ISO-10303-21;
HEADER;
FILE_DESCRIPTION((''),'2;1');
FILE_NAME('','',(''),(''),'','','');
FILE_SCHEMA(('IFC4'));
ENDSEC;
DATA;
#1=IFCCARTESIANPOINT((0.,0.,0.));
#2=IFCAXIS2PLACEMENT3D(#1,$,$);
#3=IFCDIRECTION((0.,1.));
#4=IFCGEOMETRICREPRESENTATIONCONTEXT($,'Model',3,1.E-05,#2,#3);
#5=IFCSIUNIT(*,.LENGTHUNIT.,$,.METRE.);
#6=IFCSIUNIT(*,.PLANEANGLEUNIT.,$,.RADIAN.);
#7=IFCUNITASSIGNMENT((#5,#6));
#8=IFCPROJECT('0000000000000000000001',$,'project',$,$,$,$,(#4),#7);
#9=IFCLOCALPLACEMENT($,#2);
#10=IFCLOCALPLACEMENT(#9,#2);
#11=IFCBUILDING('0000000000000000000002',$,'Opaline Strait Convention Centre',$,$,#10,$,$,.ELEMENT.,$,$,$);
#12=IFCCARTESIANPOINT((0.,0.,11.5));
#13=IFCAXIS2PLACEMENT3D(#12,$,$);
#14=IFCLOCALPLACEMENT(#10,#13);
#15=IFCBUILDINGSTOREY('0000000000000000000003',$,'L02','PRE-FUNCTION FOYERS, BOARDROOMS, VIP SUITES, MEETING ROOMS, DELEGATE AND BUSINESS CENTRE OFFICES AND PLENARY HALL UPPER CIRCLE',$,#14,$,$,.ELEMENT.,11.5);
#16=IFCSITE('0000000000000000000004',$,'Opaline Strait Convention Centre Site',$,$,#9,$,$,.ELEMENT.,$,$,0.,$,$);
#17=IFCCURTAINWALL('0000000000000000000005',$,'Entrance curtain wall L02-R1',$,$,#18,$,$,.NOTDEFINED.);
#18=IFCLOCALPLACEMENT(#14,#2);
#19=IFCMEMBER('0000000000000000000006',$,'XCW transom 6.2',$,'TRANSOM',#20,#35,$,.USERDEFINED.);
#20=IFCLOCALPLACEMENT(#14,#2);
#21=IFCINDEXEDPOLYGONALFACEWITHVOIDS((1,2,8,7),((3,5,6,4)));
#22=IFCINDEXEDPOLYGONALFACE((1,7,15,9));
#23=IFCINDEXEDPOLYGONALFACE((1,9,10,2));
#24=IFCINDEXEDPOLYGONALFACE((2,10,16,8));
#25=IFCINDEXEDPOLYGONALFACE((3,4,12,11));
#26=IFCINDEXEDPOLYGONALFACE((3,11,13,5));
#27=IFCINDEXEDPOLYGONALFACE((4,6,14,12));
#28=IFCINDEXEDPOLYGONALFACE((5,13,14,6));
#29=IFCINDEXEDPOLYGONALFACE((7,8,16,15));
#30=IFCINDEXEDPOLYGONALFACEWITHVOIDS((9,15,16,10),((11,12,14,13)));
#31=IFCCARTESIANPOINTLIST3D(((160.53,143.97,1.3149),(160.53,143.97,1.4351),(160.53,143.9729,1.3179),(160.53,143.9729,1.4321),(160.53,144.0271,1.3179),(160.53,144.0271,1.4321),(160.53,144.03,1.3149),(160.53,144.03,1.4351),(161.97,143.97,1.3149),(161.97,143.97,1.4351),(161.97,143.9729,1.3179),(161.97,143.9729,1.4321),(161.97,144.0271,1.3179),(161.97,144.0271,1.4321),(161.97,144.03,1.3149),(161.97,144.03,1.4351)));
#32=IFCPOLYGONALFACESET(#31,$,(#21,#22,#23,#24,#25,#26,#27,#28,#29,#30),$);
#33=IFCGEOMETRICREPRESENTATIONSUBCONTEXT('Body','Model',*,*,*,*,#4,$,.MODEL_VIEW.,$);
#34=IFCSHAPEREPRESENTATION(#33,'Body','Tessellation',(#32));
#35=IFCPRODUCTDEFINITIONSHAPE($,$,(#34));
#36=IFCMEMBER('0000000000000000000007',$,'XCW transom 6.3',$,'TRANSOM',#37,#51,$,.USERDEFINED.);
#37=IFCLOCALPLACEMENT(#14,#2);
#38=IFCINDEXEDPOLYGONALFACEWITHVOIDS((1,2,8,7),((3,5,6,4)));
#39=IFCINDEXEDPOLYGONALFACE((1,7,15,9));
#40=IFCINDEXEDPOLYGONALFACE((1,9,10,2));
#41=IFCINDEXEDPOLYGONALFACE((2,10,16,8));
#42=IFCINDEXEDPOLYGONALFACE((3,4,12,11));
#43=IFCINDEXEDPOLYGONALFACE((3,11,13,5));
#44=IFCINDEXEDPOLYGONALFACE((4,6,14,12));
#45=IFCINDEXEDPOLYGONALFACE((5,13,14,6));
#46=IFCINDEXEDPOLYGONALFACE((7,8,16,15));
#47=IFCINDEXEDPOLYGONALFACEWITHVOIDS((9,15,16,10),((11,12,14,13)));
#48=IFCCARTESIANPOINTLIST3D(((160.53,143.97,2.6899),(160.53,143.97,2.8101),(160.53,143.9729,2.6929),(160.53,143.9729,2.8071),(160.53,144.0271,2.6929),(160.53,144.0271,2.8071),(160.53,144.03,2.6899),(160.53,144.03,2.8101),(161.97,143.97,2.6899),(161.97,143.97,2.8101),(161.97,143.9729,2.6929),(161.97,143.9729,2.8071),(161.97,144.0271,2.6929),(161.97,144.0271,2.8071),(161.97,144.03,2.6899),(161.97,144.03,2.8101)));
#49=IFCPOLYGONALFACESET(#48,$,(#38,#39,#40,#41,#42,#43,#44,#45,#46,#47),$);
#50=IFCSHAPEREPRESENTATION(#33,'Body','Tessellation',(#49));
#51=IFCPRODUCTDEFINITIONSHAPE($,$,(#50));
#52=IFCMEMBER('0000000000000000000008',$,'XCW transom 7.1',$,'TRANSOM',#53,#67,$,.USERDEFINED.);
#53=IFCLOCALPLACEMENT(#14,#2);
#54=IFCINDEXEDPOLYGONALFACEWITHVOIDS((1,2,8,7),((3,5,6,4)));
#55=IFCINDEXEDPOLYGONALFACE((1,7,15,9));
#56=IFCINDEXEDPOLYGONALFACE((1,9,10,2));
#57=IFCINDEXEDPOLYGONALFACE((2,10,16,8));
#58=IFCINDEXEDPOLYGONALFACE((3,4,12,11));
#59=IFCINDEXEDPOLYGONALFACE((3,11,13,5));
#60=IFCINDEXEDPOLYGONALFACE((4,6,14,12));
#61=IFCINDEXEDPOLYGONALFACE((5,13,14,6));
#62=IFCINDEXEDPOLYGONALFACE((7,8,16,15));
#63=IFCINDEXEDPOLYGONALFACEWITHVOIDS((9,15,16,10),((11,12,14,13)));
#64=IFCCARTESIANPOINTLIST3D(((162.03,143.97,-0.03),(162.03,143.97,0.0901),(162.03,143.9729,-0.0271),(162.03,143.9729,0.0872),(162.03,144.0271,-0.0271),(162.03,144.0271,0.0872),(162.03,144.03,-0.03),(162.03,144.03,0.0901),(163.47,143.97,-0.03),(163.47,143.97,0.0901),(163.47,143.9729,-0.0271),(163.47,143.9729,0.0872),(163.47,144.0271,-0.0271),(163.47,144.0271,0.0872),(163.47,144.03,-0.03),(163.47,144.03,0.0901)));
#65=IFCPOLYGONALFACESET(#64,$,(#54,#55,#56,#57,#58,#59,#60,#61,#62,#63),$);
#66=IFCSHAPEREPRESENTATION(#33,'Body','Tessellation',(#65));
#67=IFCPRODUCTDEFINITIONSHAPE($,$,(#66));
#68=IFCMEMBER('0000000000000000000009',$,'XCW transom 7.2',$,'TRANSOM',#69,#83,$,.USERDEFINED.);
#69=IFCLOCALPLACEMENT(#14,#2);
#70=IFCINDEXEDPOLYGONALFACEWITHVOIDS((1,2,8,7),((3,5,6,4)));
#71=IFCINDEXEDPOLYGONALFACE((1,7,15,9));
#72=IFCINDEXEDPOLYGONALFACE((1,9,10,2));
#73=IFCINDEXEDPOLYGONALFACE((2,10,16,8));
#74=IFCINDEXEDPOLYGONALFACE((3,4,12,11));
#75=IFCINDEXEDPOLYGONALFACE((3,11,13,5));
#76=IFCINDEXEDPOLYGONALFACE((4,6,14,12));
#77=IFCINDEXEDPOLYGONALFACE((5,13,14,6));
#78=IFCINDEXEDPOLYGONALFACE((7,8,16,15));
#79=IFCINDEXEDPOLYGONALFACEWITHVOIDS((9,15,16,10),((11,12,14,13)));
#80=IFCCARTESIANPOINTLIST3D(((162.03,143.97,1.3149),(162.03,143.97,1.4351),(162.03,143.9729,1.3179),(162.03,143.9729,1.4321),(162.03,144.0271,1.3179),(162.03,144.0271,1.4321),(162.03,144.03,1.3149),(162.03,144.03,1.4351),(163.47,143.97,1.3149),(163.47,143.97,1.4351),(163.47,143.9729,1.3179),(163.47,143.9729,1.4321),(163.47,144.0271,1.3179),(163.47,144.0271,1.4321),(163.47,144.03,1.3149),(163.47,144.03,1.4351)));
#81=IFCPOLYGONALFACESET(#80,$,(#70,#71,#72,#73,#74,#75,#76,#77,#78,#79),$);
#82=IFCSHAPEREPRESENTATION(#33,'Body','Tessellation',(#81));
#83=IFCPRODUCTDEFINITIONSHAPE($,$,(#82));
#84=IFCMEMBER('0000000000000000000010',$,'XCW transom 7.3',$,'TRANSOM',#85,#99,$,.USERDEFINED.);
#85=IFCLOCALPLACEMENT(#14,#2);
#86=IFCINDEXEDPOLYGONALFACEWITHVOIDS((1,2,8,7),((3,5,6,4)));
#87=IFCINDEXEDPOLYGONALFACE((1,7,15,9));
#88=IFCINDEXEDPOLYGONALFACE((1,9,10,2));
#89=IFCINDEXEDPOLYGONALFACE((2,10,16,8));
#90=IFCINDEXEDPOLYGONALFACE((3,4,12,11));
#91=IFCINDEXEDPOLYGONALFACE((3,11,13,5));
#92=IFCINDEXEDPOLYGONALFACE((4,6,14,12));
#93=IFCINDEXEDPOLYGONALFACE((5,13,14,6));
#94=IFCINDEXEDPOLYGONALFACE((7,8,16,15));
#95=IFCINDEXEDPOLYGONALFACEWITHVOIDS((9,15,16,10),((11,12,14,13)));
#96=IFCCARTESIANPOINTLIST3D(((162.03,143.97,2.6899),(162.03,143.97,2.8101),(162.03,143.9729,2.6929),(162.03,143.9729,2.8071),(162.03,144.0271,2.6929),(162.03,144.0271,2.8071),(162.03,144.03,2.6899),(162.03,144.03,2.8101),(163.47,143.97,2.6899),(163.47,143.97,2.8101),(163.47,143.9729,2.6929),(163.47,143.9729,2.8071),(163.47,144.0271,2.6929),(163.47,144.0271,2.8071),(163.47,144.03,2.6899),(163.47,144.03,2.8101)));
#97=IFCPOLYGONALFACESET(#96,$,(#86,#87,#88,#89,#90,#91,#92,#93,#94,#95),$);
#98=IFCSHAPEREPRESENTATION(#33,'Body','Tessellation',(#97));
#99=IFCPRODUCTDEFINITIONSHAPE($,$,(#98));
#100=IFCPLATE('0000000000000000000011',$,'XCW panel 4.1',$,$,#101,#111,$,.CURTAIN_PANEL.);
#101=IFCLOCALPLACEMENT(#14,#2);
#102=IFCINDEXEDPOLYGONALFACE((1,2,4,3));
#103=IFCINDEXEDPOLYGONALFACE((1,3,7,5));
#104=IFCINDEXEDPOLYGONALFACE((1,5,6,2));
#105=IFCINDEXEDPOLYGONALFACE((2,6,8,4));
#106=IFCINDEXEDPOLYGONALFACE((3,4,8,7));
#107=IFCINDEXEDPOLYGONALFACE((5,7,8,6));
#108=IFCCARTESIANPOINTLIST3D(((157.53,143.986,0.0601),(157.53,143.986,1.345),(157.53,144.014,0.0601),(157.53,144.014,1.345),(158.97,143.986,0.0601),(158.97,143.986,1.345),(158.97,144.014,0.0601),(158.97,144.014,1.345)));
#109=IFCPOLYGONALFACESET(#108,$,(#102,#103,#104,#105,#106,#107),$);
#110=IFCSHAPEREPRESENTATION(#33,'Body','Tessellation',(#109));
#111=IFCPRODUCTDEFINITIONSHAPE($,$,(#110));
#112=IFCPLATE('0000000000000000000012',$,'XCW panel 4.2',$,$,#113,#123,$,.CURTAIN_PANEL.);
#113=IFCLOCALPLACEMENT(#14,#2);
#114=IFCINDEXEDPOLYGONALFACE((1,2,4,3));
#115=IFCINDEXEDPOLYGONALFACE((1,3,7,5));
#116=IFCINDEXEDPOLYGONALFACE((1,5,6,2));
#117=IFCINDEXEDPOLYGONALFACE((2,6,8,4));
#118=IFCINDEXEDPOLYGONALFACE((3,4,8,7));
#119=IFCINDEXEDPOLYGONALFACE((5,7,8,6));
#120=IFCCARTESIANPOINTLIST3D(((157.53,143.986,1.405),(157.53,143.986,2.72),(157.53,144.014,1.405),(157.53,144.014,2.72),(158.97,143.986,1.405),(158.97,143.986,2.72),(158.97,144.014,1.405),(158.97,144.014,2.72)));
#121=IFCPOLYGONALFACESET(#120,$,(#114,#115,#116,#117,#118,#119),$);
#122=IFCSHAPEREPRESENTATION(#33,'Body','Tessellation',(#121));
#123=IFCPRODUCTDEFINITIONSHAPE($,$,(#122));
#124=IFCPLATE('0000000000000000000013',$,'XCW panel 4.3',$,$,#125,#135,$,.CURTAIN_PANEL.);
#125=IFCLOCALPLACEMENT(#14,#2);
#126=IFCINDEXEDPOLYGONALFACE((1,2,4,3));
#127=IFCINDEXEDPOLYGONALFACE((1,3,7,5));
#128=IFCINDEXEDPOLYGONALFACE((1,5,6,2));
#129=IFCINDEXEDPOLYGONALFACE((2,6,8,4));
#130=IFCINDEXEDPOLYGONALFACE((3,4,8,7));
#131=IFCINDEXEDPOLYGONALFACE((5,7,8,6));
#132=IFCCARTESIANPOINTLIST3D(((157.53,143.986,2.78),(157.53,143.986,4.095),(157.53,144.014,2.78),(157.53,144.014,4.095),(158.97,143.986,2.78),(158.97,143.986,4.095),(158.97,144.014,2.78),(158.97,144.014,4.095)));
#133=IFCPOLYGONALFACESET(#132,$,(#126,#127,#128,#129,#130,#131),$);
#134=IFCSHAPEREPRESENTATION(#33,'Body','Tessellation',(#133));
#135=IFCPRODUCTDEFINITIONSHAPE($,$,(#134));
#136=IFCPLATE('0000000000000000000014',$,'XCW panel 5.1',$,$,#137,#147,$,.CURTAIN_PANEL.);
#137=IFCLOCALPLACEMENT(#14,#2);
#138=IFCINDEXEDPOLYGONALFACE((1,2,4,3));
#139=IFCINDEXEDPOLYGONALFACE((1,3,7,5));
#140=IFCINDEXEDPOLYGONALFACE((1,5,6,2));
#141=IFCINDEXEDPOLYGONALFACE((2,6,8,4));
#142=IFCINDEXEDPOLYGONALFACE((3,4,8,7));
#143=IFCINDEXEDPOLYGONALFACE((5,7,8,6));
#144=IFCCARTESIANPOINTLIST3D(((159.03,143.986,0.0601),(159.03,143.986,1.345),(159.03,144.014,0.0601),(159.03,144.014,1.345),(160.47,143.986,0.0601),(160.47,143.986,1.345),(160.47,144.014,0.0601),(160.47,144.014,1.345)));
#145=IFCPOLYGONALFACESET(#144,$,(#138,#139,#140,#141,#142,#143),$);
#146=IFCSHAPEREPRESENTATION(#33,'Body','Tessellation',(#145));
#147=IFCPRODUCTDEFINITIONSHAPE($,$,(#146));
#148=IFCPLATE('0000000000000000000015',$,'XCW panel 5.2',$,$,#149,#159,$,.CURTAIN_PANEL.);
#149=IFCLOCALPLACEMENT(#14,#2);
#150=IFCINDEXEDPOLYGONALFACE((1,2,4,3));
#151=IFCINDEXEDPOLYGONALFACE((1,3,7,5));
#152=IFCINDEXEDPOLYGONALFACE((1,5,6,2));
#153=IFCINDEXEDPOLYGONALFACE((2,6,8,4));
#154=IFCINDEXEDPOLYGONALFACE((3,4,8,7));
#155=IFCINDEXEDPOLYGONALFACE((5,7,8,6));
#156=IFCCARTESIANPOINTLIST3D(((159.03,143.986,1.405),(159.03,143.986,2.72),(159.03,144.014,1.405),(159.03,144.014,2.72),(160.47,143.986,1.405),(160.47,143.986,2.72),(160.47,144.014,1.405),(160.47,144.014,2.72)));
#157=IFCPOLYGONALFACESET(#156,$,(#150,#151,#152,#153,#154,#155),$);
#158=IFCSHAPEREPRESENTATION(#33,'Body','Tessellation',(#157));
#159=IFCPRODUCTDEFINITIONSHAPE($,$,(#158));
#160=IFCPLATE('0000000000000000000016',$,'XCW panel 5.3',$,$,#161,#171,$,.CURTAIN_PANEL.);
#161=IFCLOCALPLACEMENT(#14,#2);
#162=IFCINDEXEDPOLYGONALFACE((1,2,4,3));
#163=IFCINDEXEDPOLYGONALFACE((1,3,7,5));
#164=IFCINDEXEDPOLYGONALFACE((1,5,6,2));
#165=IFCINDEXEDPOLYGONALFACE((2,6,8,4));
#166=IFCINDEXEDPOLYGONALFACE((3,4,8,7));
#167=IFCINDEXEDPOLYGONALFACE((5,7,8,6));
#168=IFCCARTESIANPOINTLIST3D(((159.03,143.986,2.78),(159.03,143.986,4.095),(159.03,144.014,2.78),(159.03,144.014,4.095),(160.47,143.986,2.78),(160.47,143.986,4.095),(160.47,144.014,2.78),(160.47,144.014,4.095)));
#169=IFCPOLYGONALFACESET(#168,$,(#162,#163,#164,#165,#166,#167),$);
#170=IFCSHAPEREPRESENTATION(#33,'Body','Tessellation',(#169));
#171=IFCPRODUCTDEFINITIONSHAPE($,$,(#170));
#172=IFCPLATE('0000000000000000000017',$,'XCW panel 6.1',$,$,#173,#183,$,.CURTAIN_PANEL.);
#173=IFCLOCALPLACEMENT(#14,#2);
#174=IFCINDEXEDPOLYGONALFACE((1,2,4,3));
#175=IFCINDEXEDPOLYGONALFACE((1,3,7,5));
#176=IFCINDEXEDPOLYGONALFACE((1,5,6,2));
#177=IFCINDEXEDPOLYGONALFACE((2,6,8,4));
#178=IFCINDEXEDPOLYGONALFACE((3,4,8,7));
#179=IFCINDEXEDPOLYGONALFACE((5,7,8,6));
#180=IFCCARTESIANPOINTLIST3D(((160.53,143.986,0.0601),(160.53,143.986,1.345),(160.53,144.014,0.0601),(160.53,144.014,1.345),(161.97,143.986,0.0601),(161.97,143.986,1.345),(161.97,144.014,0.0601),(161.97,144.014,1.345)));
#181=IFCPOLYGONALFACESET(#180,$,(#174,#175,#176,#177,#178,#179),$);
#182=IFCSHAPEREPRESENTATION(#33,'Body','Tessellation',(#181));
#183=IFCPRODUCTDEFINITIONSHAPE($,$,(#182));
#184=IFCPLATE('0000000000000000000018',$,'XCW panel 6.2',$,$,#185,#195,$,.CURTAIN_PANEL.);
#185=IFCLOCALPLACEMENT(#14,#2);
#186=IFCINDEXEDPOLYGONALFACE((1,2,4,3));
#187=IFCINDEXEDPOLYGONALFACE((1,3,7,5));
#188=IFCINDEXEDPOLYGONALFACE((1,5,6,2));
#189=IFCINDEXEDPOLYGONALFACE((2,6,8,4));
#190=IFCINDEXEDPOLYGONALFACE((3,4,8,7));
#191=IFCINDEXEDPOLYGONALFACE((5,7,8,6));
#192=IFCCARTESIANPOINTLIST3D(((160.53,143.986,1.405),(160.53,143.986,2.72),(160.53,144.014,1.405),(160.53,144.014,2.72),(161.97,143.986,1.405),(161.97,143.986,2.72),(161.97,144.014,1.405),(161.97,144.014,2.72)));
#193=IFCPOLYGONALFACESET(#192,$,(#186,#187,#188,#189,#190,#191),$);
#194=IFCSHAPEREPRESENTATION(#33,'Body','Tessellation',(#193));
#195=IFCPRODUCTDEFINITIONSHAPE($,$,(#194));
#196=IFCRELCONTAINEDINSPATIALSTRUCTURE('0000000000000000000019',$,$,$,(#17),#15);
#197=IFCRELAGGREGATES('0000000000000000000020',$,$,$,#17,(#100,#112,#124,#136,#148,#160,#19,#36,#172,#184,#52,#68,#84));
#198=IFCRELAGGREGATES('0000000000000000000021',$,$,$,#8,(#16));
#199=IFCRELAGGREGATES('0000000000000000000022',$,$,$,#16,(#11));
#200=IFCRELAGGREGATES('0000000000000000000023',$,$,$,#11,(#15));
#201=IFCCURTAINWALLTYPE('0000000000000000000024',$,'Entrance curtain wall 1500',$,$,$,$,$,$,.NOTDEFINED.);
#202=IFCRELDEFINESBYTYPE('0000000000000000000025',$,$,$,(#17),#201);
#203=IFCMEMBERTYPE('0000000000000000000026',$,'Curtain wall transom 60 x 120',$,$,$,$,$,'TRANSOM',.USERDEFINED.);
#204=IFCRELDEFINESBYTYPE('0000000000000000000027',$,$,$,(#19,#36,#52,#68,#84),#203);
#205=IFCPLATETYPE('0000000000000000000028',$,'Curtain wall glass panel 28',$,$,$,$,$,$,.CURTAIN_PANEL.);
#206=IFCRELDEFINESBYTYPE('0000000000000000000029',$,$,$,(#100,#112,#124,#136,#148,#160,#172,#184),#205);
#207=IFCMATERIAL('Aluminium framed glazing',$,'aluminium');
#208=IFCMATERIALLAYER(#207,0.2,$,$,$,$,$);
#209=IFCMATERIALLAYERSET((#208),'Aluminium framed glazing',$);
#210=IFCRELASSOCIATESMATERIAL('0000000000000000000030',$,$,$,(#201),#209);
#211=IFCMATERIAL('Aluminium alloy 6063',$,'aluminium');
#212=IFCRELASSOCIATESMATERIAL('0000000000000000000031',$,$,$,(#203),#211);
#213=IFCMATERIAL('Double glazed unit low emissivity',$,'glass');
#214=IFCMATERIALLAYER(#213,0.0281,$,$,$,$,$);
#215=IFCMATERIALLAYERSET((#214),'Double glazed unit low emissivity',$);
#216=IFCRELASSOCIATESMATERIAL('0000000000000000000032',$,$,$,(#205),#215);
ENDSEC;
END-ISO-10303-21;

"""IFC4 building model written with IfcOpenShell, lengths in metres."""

from ifc_helpers import new_model, si_unit, direction, frame, origin, origin_2d, place, context, subcontext, project, spatial, rectangle, hollow_rectangle, extrude, material, layer, layer_set, material_profile, profile_set, type_object, element, aggregate, save


model = new_model("IFC4")

# Units and contexts
model_context = context("Model", 3, precision=1e-05, world=origin(), true_north=direction((0.0, 1.0)))
body_context = subcontext(model_context, "Body", "Model", "MODEL_VIEW")
ifc_project = project(units=[si_unit("LENGTHUNIT", "METRE"), si_unit("PLANEANGLEUNIT", "RADIAN")], contexts=[model_context])

# Site, building, storey
site_placement = place(None, origin())
site = spatial("IfcSite", under=ifc_project, at=site_placement, Name="Opaline Strait Convention Centre Site", CompositionType="ELEMENT", RefElevation=0.0)
building_placement = place(site_placement, origin())
building = spatial("IfcBuilding", under=site, at=building_placement, Name="Opaline Strait Convention Centre", CompositionType="ELEMENT")
storey_placement = place(building_placement, frame((0.0, 0.0, 11.5)))
storey = spatial("IfcBuildingStorey", under=building, at=storey_placement, Name="L02", Description="PRE-FUNCTION FOYERS, BOARDROOMS, VIP SUITES, MEETING ROOMS, DELEGATE AND BUSINESS CENTRE OFFICES AND PLENARY HALL UPPER CIRCLE", CompositionType="ELEMENT", Elevation=11.5)

# Curtain wall, members, plates
ifc_material_1 = material(Name="Aluminium framed glazing", Category="aluminium")
ifc_layer_1 = layer(ifc_material_1, 0.2)
ifc_layer_set_1 = layer_set([ifc_layer_1], Name="Aluminium framed glazing")
curtain_wall_type = type_object("IfcCurtainWallType", Name="Entrance curtain wall 1500", PredefinedType="NOTDEFINED", material=ifc_layer_set_1)
curtain_wall_placement = place(storey_placement, origin())
curtain_wall = element("IfcCurtainWall", 1, at=curtain_wall_placement, inside=storey, type_object=curtain_wall_type, Name="Entrance curtain wall L02-R1", PredefinedType="NOTDEFINED")
ifc_material_2 = material(Name="Aluminium alloy 6063", Category="aluminium")
ifc_material_profile_1 = material_profile(ifc_material_2, hollow_rectangle(XDim=0.0601, YDim=0.1201, WallThickness=0.0029, at=origin_2d()), Name="TRANSOM 60x120x3")
ifc_profile_set_1 = profile_set([ifc_material_profile_1], Name="Aluminium alloy 6063")
member_type_1 = type_object("IfcMemberType", Name="Curtain wall transom 60 x 120", ElementType="TRANSOM", PredefinedType="USERDEFINED", material=ifc_profile_set_1)
member_1_placement = place(storey_placement, frame((160.53, 144.0, 1.375), z_axis=(1.0, 0.0, 0.0), x_axis=(0.0, 1.0, 0.0)))
member_1 = element("IfcMember", 2, at=member_1_placement, type_object=member_type_1, Name="XCW transom 6.2", ObjectType="TRANSOM", PredefinedType="USERDEFINED", context=body_context, shape_type="SweptSolid", body=[
    extrude(hollow_rectangle(XDim=0.0601, YDim=0.1201, WallThickness=0.0029, at=origin_2d()), origin(), (0.0, 0.0, 1.0), 1.4399),
])
member_2_placement = place(storey_placement, frame((160.53, 144.0, 2.75), z_axis=(1.0, 0.0, 0.0), x_axis=(0.0, 1.0, 0.0)))
member_2 = element("IfcMember", 3, at=member_2_placement, type_object=member_type_1, Name="XCW transom 6.3", ObjectType="TRANSOM", PredefinedType="USERDEFINED", context=body_context, shape_type="SweptSolid", body=[
    extrude(hollow_rectangle(XDim=0.0601, YDim=0.1201, WallThickness=0.0029, at=origin_2d()), origin(), (0.0, 0.0, 1.0), 1.4399),
])
member_3_placement = place(storey_placement, frame((162.03, 144.0, 0.03), z_axis=(1.0, 0.0, 0.0), x_axis=(0.0, 1.0, 0.0)))
member_3 = element("IfcMember", 4, at=member_3_placement, type_object=member_type_1, Name="XCW transom 7.1", ObjectType="TRANSOM", PredefinedType="USERDEFINED", context=body_context, shape_type="SweptSolid", body=[
    extrude(hollow_rectangle(XDim=0.0601, YDim=0.1201, WallThickness=0.0029, at=origin_2d()), origin(), (0.0, 0.0, 1.0), 1.4399),
])
member_4_placement = place(storey_placement, frame((162.03, 144.0, 1.375), z_axis=(1.0, 0.0, 0.0), x_axis=(0.0, 1.0, 0.0)))
member_4 = element("IfcMember", 5, at=member_4_placement, type_object=member_type_1, Name="XCW transom 7.2", ObjectType="TRANSOM", PredefinedType="USERDEFINED", context=body_context, shape_type="SweptSolid", body=[
    extrude(hollow_rectangle(XDim=0.0601, YDim=0.1201, WallThickness=0.0029, at=origin_2d()), origin(), (0.0, 0.0, 1.0), 1.4399),
])
member_5_placement = place(storey_placement, frame((162.03, 144.0, 2.75), z_axis=(1.0, 0.0, 0.0), x_axis=(0.0, 1.0, 0.0)))
member_5 = element("IfcMember", 6, at=member_5_placement, type_object=member_type_1, Name="XCW transom 7.3", ObjectType="TRANSOM", PredefinedType="USERDEFINED", context=body_context, shape_type="SweptSolid", body=[
    extrude(hollow_rectangle(XDim=0.0601, YDim=0.1201, WallThickness=0.0029, at=origin_2d()), origin(), (0.0, 0.0, 1.0), 1.4399),
])
ifc_material_3 = material(Name="Double glazed unit low emissivity", Category="glass")
ifc_layer_2 = layer(ifc_material_3, 0.0281)
ifc_layer_set_2 = layer_set([ifc_layer_2], Name="Double glazed unit low emissivity")
plate_type = type_object("IfcPlateType", Name="Curtain wall glass panel 28", PredefinedType="CURTAIN_PANEL", material=ifc_layer_set_2)
plate_1_placement = place(storey_placement, frame((158.25, 144.0, 0.0601), z_axis=(0.0, 0.0, 1.0), x_axis=(1.0, 0.0, 0.0)))
plate_1 = element("IfcPlate", 7, at=plate_1_placement, type_object=plate_type, Name="XCW panel 4.1", PredefinedType="CURTAIN_PANEL", context=body_context, shape_type="SweptSolid", body=[
    extrude(rectangle(XDim=1.4399, YDim=0.0281, at=origin_2d()), origin(), (0.0, 0.0, 1.0), 1.2849),
])
plate_2_placement = place(storey_placement, frame((158.25, 144.0, 1.405), z_axis=(0.0, 0.0, 1.0), x_axis=(1.0, 0.0, 0.0)))
plate_2 = element("IfcPlate", 8, at=plate_2_placement, type_object=plate_type, Name="XCW panel 4.2", PredefinedType="CURTAIN_PANEL", context=body_context, shape_type="SweptSolid", body=[
    extrude(rectangle(XDim=1.4399, YDim=0.0281, at=origin_2d()), origin(), (0.0, 0.0, 1.0), 1.3149),
])
plate_3_placement = place(storey_placement, frame((158.25, 144.0, 2.78), z_axis=(0.0, 0.0, 1.0), x_axis=(1.0, 0.0, 0.0)))
plate_3 = element("IfcPlate", 9, at=plate_3_placement, type_object=plate_type, Name="XCW panel 4.3", PredefinedType="CURTAIN_PANEL", context=body_context, shape_type="SweptSolid", body=[
    extrude(rectangle(XDim=1.4399, YDim=0.0281, at=origin_2d()), origin(), (0.0, 0.0, 1.0), 1.3149),
])
plate_4_placement = place(storey_placement, frame((159.75, 144.0, 0.0601), z_axis=(0.0, 0.0, 1.0), x_axis=(1.0, 0.0, 0.0)))
plate_4 = element("IfcPlate", 10, at=plate_4_placement, type_object=plate_type, Name="XCW panel 5.1", PredefinedType="CURTAIN_PANEL", context=body_context, shape_type="SweptSolid", body=[
    extrude(rectangle(XDim=1.4399, YDim=0.0281, at=origin_2d()), origin(), (0.0, 0.0, 1.0), 1.2849),
])
plate_5_placement = place(storey_placement, frame((159.75, 144.0, 1.405), z_axis=(0.0, 0.0, 1.0), x_axis=(1.0, 0.0, 0.0)))
plate_5 = element("IfcPlate", 11, at=plate_5_placement, type_object=plate_type, Name="XCW panel 5.2", PredefinedType="CURTAIN_PANEL", context=body_context, shape_type="SweptSolid", body=[
    extrude(rectangle(XDim=1.4399, YDim=0.0281, at=origin_2d()), origin(), (0.0, 0.0, 1.0), 1.3149),
])
plate_6_placement = place(storey_placement, frame((159.75, 144.0, 2.78), z_axis=(0.0, 0.0, 1.0), x_axis=(1.0, 0.0, 0.0)))
plate_6 = element("IfcPlate", 12, at=plate_6_placement, type_object=plate_type, Name="XCW panel 5.3", PredefinedType="CURTAIN_PANEL", context=body_context, shape_type="SweptSolid", body=[
    extrude(rectangle(XDim=1.4399, YDim=0.0281, at=origin_2d()), origin(), (0.0, 0.0, 1.0), 1.3149),
])
plate_7_placement = place(storey_placement, frame((161.25, 144.0, 0.0601), z_axis=(0.0, 0.0, 1.0), x_axis=(1.0, 0.0, 0.0)))
plate_7 = element("IfcPlate", 13, at=plate_7_placement, type_object=plate_type, Name="XCW panel 6.1", PredefinedType="CURTAIN_PANEL", context=body_context, shape_type="SweptSolid", body=[
    extrude(rectangle(XDim=1.4399, YDim=0.0281, at=origin_2d()), origin(), (0.0, 0.0, 1.0), 1.2849),
])
plate_8_placement = place(storey_placement, frame((161.25, 144.0, 1.405), z_axis=(0.0, 0.0, 1.0), x_axis=(1.0, 0.0, 0.0)))
plate_8 = element("IfcPlate", 14, at=plate_8_placement, type_object=plate_type, Name="XCW panel 6.2", PredefinedType="CURTAIN_PANEL", context=body_context, shape_type="SweptSolid", body=[
    extrude(rectangle(XDim=1.4399, YDim=0.0281, at=origin_2d()), origin(), (0.0, 0.0, 1.0), 1.3149),
])
aggregate(curtain_wall, [plate_1, plate_2, plate_3, plate_4, plate_5, plate_6, member_1, member_2, plate_7, plate_8, member_3, member_4, member_5])

save(model, "model.ifc")
